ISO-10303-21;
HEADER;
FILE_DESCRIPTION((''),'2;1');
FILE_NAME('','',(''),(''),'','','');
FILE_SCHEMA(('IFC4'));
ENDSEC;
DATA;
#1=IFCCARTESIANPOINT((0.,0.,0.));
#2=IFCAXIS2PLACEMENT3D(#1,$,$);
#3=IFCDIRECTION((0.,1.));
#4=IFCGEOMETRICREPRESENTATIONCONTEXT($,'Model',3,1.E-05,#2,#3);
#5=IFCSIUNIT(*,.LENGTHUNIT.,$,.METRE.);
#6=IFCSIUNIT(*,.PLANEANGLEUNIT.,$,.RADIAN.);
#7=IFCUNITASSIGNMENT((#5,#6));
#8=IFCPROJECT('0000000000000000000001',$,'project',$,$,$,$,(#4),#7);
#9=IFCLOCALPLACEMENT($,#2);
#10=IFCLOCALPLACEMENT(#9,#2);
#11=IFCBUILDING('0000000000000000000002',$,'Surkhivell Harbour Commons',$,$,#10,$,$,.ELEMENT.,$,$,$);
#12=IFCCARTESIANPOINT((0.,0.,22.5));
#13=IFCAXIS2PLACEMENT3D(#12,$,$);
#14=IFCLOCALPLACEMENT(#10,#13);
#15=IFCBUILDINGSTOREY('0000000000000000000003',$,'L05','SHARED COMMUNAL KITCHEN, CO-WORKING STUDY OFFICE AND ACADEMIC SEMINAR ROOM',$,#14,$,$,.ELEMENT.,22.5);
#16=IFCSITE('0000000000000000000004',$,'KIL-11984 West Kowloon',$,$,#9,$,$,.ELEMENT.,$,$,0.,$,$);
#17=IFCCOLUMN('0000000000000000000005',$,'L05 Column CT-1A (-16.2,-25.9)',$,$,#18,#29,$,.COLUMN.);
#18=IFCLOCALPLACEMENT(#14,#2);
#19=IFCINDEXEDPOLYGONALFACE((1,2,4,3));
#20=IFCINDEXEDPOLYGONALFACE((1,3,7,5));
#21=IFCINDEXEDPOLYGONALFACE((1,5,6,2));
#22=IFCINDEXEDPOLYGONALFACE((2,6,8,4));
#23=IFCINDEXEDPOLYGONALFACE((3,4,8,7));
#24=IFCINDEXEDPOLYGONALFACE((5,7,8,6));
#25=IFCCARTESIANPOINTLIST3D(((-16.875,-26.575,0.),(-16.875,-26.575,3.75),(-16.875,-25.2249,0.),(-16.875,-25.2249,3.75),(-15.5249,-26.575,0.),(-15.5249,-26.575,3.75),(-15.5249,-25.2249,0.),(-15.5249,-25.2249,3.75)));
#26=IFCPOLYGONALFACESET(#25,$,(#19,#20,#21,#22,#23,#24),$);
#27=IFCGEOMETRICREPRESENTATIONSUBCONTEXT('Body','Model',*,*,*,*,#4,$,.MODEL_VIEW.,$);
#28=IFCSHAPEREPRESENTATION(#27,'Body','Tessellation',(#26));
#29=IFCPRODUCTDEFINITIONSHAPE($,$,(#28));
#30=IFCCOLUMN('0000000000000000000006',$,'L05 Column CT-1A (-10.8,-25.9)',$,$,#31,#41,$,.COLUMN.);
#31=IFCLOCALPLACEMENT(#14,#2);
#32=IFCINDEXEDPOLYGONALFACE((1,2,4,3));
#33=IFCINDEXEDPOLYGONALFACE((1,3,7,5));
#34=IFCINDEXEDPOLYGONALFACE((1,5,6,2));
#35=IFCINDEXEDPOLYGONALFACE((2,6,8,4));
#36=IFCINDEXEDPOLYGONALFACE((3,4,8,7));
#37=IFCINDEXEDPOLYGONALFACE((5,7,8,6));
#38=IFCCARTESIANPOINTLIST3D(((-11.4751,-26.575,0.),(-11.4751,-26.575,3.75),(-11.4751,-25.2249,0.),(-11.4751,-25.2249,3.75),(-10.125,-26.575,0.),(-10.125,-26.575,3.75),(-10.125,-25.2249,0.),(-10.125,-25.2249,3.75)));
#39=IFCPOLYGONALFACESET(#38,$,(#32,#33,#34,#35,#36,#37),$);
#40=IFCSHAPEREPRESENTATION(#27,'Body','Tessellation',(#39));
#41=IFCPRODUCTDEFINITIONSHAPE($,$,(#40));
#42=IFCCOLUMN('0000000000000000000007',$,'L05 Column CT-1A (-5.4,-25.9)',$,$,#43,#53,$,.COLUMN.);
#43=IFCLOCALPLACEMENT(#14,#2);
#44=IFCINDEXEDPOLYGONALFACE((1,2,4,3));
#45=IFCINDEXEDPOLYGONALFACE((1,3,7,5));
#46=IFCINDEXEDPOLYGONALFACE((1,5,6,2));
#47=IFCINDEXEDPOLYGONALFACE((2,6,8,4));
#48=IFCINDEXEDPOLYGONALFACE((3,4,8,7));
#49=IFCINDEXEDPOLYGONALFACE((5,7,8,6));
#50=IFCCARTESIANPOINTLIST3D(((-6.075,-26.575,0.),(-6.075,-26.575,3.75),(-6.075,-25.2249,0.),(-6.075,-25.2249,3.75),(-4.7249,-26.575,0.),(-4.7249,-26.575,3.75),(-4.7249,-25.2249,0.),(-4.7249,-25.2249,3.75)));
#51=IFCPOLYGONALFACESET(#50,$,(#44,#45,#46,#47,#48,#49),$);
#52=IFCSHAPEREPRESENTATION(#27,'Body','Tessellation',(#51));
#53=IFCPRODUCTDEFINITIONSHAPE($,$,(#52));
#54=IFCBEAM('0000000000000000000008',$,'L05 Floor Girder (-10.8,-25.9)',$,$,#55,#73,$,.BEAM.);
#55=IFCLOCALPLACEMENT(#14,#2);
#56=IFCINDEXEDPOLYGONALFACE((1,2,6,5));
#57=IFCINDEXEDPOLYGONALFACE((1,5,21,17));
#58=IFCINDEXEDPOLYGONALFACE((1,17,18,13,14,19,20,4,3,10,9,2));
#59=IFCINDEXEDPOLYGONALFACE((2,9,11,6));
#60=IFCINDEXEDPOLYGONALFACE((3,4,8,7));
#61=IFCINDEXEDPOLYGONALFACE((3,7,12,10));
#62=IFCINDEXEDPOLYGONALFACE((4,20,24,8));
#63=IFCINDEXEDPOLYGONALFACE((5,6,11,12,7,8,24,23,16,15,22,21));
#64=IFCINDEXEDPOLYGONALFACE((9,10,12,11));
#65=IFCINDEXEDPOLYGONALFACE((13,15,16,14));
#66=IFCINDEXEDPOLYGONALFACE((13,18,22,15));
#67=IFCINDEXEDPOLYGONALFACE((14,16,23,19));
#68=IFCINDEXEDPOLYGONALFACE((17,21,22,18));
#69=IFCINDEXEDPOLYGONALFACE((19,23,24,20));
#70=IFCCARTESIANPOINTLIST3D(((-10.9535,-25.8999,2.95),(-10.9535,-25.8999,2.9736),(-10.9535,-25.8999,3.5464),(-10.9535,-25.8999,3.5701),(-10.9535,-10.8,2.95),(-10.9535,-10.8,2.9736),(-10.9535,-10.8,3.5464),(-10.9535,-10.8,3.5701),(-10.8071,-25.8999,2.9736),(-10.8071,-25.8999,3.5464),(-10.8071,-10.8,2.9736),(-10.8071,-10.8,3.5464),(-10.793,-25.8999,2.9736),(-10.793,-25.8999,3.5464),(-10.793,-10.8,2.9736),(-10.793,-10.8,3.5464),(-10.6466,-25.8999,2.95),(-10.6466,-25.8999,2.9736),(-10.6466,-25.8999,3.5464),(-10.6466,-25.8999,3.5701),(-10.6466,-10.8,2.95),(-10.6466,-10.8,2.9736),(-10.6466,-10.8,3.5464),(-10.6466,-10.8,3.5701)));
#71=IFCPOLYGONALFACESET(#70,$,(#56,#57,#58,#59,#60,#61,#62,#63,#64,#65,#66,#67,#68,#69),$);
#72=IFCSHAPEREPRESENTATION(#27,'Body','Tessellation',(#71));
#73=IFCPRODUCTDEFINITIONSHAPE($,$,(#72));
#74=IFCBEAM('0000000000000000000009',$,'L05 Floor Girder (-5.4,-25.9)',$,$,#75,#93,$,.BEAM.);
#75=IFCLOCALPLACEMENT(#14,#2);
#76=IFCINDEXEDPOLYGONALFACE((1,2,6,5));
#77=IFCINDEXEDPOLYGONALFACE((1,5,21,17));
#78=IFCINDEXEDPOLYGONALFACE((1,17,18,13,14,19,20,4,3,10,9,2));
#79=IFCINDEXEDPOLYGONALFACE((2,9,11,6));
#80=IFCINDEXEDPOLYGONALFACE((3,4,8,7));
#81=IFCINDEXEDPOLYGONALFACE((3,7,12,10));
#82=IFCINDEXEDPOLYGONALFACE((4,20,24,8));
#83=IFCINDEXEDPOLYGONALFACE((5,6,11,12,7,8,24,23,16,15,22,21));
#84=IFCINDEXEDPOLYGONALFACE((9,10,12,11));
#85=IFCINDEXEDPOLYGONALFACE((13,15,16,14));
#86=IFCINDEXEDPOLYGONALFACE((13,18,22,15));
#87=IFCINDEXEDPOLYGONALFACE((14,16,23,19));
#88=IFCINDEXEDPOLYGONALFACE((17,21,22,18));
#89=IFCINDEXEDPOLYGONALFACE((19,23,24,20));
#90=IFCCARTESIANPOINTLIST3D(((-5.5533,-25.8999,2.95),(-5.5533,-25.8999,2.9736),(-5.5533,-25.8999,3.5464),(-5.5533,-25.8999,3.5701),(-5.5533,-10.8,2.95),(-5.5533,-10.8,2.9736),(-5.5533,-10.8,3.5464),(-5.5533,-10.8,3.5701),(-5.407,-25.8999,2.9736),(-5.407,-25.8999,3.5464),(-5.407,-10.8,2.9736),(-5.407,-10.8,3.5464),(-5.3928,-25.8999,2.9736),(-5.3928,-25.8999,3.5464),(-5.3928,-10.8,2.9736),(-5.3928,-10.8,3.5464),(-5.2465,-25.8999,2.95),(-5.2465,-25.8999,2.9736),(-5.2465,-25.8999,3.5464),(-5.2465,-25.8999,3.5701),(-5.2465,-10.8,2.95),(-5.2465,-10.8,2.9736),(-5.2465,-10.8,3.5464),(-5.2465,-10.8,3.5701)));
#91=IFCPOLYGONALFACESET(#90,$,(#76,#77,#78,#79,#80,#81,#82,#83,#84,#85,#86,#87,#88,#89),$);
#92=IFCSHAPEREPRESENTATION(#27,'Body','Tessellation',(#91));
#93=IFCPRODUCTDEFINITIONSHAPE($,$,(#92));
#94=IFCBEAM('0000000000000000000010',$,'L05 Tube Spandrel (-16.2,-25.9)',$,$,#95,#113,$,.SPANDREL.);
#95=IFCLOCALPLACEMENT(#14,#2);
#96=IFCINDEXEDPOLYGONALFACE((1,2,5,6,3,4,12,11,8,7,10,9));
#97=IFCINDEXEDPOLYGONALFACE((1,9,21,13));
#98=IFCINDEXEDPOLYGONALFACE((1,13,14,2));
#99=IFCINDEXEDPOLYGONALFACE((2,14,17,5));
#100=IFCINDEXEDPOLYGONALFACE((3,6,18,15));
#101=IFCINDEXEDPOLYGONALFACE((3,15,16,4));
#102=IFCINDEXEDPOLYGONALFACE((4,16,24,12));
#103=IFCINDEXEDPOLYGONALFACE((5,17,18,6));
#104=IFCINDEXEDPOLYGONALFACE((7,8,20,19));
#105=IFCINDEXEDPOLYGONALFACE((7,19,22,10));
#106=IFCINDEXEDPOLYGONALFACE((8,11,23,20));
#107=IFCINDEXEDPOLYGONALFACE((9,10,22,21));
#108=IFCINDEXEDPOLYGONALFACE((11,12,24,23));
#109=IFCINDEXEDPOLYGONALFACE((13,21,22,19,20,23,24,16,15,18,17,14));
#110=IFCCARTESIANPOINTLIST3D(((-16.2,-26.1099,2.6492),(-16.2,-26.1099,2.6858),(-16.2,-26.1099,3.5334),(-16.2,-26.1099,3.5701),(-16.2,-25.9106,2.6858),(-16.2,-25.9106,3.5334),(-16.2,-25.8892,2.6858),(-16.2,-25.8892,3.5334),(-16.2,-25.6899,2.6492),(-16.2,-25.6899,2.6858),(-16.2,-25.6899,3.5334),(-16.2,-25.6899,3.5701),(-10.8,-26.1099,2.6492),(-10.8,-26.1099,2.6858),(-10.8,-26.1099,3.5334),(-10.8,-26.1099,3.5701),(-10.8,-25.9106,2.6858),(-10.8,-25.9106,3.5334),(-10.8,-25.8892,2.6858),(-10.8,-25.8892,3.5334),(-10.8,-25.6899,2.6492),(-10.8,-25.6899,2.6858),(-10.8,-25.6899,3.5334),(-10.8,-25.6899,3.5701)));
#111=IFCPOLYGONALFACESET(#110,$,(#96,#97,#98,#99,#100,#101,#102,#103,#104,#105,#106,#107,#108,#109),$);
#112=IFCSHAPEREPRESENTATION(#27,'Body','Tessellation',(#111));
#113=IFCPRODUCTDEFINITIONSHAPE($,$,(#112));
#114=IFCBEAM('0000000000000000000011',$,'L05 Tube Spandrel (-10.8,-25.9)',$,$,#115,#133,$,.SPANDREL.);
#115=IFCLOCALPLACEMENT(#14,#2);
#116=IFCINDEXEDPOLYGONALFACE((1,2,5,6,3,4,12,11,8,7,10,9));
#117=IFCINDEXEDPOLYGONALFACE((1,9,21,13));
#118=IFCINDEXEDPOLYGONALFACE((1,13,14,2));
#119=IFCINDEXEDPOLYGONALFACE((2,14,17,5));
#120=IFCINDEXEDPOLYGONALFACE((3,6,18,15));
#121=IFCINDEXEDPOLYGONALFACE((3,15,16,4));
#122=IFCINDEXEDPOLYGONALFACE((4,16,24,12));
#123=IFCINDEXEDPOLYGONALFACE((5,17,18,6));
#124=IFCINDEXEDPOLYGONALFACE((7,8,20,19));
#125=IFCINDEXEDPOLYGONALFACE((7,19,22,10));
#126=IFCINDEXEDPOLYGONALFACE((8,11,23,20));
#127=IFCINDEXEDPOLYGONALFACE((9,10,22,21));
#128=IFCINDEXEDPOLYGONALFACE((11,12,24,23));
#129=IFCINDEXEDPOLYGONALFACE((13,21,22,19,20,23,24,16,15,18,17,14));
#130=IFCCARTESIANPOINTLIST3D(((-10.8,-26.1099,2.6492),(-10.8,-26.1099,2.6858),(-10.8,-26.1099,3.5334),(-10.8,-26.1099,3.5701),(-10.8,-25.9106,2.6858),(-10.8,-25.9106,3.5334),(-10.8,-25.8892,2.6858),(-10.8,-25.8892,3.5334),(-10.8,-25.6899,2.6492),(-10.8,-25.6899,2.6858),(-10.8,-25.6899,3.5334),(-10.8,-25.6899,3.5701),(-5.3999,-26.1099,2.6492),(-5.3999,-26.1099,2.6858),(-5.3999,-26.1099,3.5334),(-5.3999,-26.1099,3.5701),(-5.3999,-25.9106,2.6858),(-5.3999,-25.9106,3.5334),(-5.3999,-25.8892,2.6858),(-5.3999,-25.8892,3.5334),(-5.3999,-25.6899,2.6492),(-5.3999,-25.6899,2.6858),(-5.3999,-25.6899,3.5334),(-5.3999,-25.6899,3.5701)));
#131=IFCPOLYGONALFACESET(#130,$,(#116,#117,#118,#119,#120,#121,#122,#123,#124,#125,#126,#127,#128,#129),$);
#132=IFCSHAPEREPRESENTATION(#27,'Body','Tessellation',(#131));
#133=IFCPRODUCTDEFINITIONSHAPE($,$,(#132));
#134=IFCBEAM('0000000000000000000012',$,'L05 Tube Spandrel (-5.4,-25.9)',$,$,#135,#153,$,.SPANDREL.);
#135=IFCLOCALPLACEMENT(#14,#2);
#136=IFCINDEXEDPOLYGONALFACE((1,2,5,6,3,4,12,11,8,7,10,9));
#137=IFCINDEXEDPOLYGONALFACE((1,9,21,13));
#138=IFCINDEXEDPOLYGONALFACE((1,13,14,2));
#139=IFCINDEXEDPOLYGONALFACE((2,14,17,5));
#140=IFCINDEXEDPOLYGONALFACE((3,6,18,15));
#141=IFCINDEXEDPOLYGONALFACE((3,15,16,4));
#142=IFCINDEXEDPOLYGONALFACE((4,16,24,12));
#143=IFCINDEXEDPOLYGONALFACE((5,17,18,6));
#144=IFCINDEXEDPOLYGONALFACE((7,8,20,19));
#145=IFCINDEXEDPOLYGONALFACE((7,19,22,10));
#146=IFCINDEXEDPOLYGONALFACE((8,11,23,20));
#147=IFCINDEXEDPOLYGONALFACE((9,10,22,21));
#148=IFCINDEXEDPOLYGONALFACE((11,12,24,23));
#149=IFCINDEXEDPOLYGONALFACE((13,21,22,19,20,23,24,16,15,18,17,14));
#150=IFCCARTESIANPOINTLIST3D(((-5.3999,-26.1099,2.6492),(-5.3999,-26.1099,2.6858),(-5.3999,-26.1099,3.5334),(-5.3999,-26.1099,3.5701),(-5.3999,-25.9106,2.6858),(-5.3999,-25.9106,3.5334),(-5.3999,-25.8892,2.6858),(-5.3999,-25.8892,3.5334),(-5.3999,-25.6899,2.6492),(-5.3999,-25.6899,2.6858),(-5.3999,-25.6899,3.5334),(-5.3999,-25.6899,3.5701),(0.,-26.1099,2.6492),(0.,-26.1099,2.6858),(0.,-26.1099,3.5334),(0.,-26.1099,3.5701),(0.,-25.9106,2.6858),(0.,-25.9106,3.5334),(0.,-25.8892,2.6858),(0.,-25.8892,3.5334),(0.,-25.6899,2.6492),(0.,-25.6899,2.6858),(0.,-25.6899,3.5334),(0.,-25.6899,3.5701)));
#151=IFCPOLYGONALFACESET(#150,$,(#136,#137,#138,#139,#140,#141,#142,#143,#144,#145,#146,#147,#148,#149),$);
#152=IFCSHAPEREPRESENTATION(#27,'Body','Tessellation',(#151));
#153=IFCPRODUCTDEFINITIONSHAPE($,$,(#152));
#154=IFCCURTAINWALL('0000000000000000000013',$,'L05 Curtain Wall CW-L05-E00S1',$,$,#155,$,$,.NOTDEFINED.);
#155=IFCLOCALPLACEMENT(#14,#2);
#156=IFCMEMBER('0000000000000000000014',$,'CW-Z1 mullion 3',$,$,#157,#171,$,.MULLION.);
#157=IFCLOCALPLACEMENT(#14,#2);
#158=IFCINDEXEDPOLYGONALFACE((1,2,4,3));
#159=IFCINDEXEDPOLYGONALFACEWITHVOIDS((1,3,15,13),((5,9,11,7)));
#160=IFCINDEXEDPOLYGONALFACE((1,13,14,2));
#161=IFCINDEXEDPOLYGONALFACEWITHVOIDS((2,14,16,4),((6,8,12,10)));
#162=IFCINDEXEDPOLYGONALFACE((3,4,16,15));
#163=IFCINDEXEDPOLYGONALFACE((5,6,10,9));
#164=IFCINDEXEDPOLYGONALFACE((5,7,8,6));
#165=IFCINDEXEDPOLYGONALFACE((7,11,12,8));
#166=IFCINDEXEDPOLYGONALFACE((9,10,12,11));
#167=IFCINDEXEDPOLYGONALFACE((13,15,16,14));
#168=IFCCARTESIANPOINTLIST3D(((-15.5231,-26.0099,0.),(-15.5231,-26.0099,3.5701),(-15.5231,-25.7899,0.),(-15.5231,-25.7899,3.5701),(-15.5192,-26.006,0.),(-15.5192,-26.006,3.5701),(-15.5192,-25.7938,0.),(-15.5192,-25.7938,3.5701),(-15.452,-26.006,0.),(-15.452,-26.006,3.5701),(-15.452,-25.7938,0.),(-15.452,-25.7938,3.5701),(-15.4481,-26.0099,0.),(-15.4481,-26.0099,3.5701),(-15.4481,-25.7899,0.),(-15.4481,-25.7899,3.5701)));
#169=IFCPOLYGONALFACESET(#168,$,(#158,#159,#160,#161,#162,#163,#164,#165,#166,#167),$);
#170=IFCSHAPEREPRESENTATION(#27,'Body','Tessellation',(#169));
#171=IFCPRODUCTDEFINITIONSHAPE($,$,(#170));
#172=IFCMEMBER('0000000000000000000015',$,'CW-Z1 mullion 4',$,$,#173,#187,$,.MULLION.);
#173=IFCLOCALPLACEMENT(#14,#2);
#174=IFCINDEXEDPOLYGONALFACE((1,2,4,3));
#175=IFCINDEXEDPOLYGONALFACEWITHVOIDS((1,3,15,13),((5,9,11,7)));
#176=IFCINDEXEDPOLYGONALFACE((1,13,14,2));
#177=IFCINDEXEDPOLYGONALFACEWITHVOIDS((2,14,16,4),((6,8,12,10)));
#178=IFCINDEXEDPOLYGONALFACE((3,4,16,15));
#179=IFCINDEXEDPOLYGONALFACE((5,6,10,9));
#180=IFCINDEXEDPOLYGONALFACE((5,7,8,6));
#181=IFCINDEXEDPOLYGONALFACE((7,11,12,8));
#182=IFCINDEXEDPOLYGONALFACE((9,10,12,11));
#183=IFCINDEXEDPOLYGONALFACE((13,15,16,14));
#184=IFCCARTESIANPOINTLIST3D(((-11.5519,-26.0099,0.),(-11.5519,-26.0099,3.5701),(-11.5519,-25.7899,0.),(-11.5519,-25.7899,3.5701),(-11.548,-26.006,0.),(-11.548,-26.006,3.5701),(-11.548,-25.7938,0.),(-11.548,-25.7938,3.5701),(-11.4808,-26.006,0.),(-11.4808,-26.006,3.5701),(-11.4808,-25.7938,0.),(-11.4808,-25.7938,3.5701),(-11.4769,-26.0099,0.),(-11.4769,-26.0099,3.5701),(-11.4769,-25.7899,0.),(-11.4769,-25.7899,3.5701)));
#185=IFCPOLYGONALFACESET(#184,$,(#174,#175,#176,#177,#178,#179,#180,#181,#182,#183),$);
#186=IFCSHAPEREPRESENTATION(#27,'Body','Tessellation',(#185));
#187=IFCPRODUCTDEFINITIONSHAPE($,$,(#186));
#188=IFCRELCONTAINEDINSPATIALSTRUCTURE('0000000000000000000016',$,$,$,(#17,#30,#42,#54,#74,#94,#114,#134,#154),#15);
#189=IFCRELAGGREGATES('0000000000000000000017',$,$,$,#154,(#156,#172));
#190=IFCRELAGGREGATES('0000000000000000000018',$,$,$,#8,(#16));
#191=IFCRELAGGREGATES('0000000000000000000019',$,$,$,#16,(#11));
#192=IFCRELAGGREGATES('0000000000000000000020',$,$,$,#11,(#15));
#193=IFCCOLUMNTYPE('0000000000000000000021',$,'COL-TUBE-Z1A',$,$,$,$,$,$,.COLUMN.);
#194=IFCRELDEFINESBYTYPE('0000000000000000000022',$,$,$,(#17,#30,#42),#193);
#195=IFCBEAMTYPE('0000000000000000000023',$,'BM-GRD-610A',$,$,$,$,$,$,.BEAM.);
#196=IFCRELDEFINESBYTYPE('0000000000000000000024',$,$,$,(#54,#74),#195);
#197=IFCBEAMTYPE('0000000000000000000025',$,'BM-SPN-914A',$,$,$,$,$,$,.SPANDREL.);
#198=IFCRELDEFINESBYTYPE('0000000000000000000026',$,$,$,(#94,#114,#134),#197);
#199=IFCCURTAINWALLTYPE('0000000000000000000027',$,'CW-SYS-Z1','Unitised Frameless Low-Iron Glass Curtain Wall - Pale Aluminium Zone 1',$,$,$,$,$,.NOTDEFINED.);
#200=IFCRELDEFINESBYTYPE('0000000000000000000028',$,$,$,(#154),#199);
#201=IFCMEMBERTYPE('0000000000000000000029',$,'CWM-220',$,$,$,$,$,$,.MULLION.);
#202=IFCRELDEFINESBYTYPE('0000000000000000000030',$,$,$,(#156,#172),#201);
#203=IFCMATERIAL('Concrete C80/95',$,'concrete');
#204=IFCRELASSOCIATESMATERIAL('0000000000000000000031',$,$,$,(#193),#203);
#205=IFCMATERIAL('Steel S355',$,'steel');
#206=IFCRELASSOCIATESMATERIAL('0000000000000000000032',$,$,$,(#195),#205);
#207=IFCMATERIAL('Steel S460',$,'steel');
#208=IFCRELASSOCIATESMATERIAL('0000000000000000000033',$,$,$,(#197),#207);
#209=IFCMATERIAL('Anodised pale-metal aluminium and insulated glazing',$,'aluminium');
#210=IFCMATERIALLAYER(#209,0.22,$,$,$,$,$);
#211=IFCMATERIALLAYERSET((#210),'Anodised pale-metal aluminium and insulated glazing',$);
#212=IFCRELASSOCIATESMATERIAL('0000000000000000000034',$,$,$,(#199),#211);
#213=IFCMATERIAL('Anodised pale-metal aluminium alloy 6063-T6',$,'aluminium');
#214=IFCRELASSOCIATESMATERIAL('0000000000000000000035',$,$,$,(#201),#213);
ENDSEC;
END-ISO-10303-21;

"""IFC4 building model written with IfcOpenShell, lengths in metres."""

from ifc_helpers import new_model, si_unit, direction, frame, origin, origin_2d, place, context, subcontext, project, spatial, rectangle, hollow_rectangle, i_section, extrude, material, layer, layer_set, material_profile, profile_set, type_object, element, aggregate, save


model = new_model("IFC4")

# Units and contexts
model_context = context("Model", 3, precision=1e-05, world=origin(), true_north=direction((0.0, 1.0)))
body_context = subcontext(model_context, "Body", "Model", "MODEL_VIEW")
ifc_project = project(units=[si_unit("LENGTHUNIT", "METRE"), si_unit("PLANEANGLEUNIT", "RADIAN")], contexts=[model_context])

# Site, building, storey
site_placement = place(None, origin())
site = spatial("IfcSite", under=ifc_project, at=site_placement, Name="KIL-11984 West Kowloon", CompositionType="ELEMENT", RefElevation=0.0)
building_placement = place(site_placement, origin())
building = spatial("IfcBuilding", under=site, at=building_placement, Name="Surkhivell Harbour Commons", CompositionType="ELEMENT")
storey_placement = place(building_placement, frame((0.0, 0.0, 22.5)))
storey = spatial("IfcBuildingStorey", under=building, at=storey_placement, Name="L05", Description="SHARED COMMUNAL KITCHEN, CO-WORKING STUDY OFFICE AND ACADEMIC SEMINAR ROOM", CompositionType="ELEMENT", Elevation=22.5)

# Columns
ifc_material_1 = material(Name="Concrete C80/95", Category="concrete")
ifc_material_profile_1 = material_profile(ifc_material_1, rectangle(XDim=1.3501, YDim=1.3501, at=origin_2d()), Name="RC-COL-1350x1350")
ifc_profile_set_1 = profile_set([ifc_material_profile_1], Name="Concrete C80/95")
column_type = type_object("IfcColumnType", Name="COL-TUBE-Z1A", PredefinedType="COLUMN", material=ifc_profile_set_1)
for number, where, z_axis, x_axis, name in (
    (1, (-16.2, -25.8999, 0.0), (0.0, 0.0, 1.0), (1.0, 0.0, 0.0), "L05 Column CT-1A (-16.2,-25.9)"),
    (2, (-10.8, -25.8999, 0.0), (0.0, 0.0, 1.0), (1.0, 0.0, 0.0), "L05 Column CT-1A (-10.8,-25.9)"),
    (3, (-5.3999, -25.8999, 0.0), (0.0, 0.0, 1.0), (1.0, 0.0, 0.0), "L05 Column CT-1A (-5.4,-25.9)"),
):
    element("IfcColumn", number, at=place(storey_placement, frame(where, z_axis=z_axis, x_axis=x_axis)), inside=storey, type_object=column_type, Name=name, PredefinedType="COLUMN", context=body_context, shape_type="SweptSolid", body=[
        extrude(rectangle(XDim=1.3501, YDim=1.3501, at=origin_2d()), origin(), (0.0, 0.0, 1.0), 3.75),
    ])

# Beams
ifc_material_2 = material(Name="Steel S355", Category="steel")
ifc_material_profile_2 = material_profile(ifc_material_2, i_section(OverallWidth=0.3069, OverallDepth=0.6201, WebThickness=0.0142, FlangeThickness=0.0237, at=origin_2d()), Name="UB610x305x179")
ifc_profile_set_2 = profile_set([ifc_material_profile_2], Name="Steel S355")
beam_type_1 = type_object("IfcBeamType", Name="BM-GRD-610A", PredefinedType="BEAM", material=ifc_profile_set_2)
for number, where, z_axis, x_axis, name in (
    (4, (-10.8, -25.8999, 3.26), (0.0, 1.0, 0.0), (-1.0, 0.0, 0.0), "L05 Floor Girder (-10.8,-25.9)"),
    (5, (-5.3999, -25.8999, 3.26), (0.0, 1.0, 0.0), (-1.0, 0.0, 0.0), "L05 Floor Girder (-5.4,-25.9)"),
):
    element("IfcBeam", number, at=place(storey_placement, frame(where, z_axis=z_axis, x_axis=x_axis)), inside=storey, type_object=beam_type_1, Name=name, PredefinedType="BEAM", context=body_context, shape_type="SweptSolid", body=[
        extrude(i_section(OverallWidth=0.3069, OverallDepth=0.6201, WebThickness=0.0142, FlangeThickness=0.0237, at=origin_2d()), origin(), (0.0, 0.0, 1.0), 15.0999),
    ])
ifc_material_3 = material(Name="Steel S460", Category="steel")
ifc_material_profile_3 = material_profile(ifc_material_3, i_section(OverallWidth=0.4199, OverallDepth=0.9209, WebThickness=0.0215, FlangeThickness=0.0366, at=origin_2d()), Name="UB914x419x388")
ifc_profile_set_3 = profile_set([ifc_material_profile_3], Name="Steel S460")
beam_type_2 = type_object("IfcBeamType", Name="BM-SPN-914A", PredefinedType="SPANDREL", material=ifc_profile_set_3)
beam_1_placement = place(storey_placement, frame((-16.2, -25.8999, 3.1096), z_axis=(1.0, 0.0, 0.0), x_axis=(0.0, 1.0, 0.0)))
element("IfcBeam", 6, at=beam_1_placement, inside=storey, type_object=beam_type_2, Name="L05 Tube Spandrel (-16.2,-25.9)", PredefinedType="SPANDREL", context=body_context, shape_type="SweptSolid", body=[
    extrude(i_section(OverallWidth=0.4199, OverallDepth=0.9209, WebThickness=0.0215, FlangeThickness=0.0366, at=origin_2d()), origin(), (0.0, 0.0, 1.0), 5.3999),
])
beam_2_placement = place(storey_placement, frame((-10.8, -25.8999, 3.1096), z_axis=(1.0, 0.0, 0.0), x_axis=(0.0, 1.0, 0.0)))
element("IfcBeam", 7, at=beam_2_placement, inside=storey, type_object=beam_type_2, Name="L05 Tube Spandrel (-10.8,-25.9)", PredefinedType="SPANDREL", context=body_context, shape_type="SweptSolid", body=[
    extrude(i_section(OverallWidth=0.4199, OverallDepth=0.9209, WebThickness=0.0215, FlangeThickness=0.0366, at=origin_2d()), origin(), (0.0, 0.0, 1.0), 5.4001),
])
beam_3_placement = place(storey_placement, frame((-5.3999, -25.8999, 3.1096), z_axis=(1.0, 0.0, 0.0), x_axis=(0.0, 1.0, 0.0)))
element("IfcBeam", 8, at=beam_3_placement, inside=storey, type_object=beam_type_2, Name="L05 Tube Spandrel (-5.4,-25.9)", PredefinedType="SPANDREL", context=body_context, shape_type="SweptSolid", body=[
    extrude(i_section(OverallWidth=0.4199, OverallDepth=0.9209, WebThickness=0.0215, FlangeThickness=0.0366, at=origin_2d()), origin(), (0.0, 0.0, 1.0), 5.3999),
])

# Curtain wall, members
ifc_material_4 = material(Name="Anodised pale-metal aluminium and insulated glazing", Category="aluminium")
ifc_layer_1 = layer(ifc_material_4, 0.22)
ifc_layer_set_1 = layer_set([ifc_layer_1], Name="Anodised pale-metal aluminium and insulated glazing")
curtain_wall_type = type_object("IfcCurtainWallType", Name="CW-SYS-Z1", Description="Unitised Frameless Low-Iron Glass Curtain Wall - Pale Aluminium Zone 1", PredefinedType="NOTDEFINED", material=ifc_layer_set_1)
curtain_wall_placement = place(storey_placement, origin())
curtain_wall = element("IfcCurtainWall", 9, at=curtain_wall_placement, inside=storey, type_object=curtain_wall_type, Name="L05 Curtain Wall CW-L05-E00S1", PredefinedType="NOTDEFINED")
ifc_material_5 = material(Name="Anodised pale-metal aluminium alloy 6063-T6", Category="aluminium")
ifc_material_profile_4 = material_profile(ifc_material_5, hollow_rectangle(XDim=0.075, YDim=0.22, WallThickness=0.0039, at=origin_2d()), Name="ALU-MULL-75x220")
ifc_profile_set_4 = profile_set([ifc_material_profile_4], Name="Anodised pale-metal aluminium alloy 6063-T6")
member_type_1 = type_object("IfcMemberType", Name="CWM-220", PredefinedType="MULLION", material=ifc_profile_set_4)
member_1_placement = place(storey_placement, frame((-15.4856, -25.8999, 0.0), z_axis=(0.0, 0.0, 1.0), x_axis=(1.0, 0.0, 0.0)))
member_1 = element("IfcMember", 10, at=member_1_placement, type_object=member_type_1, Name="CW-Z1 mullion 3", PredefinedType="MULLION", context=body_context, shape_type="SweptSolid", body=[
    extrude(hollow_rectangle(XDim=0.075, YDim=0.22, WallThickness=0.0039, at=origin_2d()), origin(), (0.0, 0.0, 1.0), 3.5701),
])
member_2_placement = place(storey_placement, frame((-11.5144, -25.8999, 0.0), z_axis=(0.0, 0.0, 1.0), x_axis=(1.0, 0.0, 0.0)))
member_2 = element("IfcMember", 11, at=member_2_placement, type_object=member_type_1, Name="CW-Z1 mullion 4", PredefinedType="MULLION", context=body_context, shape_type="SweptSolid", body=[
    extrude(hollow_rectangle(XDim=0.075, YDim=0.22, WallThickness=0.0039, at=origin_2d()), origin(), (0.0, 0.0, 1.0), 3.5701),
])

aggregate(curtain_wall, [member_1, member_2])

save(model, "model.ifc")
